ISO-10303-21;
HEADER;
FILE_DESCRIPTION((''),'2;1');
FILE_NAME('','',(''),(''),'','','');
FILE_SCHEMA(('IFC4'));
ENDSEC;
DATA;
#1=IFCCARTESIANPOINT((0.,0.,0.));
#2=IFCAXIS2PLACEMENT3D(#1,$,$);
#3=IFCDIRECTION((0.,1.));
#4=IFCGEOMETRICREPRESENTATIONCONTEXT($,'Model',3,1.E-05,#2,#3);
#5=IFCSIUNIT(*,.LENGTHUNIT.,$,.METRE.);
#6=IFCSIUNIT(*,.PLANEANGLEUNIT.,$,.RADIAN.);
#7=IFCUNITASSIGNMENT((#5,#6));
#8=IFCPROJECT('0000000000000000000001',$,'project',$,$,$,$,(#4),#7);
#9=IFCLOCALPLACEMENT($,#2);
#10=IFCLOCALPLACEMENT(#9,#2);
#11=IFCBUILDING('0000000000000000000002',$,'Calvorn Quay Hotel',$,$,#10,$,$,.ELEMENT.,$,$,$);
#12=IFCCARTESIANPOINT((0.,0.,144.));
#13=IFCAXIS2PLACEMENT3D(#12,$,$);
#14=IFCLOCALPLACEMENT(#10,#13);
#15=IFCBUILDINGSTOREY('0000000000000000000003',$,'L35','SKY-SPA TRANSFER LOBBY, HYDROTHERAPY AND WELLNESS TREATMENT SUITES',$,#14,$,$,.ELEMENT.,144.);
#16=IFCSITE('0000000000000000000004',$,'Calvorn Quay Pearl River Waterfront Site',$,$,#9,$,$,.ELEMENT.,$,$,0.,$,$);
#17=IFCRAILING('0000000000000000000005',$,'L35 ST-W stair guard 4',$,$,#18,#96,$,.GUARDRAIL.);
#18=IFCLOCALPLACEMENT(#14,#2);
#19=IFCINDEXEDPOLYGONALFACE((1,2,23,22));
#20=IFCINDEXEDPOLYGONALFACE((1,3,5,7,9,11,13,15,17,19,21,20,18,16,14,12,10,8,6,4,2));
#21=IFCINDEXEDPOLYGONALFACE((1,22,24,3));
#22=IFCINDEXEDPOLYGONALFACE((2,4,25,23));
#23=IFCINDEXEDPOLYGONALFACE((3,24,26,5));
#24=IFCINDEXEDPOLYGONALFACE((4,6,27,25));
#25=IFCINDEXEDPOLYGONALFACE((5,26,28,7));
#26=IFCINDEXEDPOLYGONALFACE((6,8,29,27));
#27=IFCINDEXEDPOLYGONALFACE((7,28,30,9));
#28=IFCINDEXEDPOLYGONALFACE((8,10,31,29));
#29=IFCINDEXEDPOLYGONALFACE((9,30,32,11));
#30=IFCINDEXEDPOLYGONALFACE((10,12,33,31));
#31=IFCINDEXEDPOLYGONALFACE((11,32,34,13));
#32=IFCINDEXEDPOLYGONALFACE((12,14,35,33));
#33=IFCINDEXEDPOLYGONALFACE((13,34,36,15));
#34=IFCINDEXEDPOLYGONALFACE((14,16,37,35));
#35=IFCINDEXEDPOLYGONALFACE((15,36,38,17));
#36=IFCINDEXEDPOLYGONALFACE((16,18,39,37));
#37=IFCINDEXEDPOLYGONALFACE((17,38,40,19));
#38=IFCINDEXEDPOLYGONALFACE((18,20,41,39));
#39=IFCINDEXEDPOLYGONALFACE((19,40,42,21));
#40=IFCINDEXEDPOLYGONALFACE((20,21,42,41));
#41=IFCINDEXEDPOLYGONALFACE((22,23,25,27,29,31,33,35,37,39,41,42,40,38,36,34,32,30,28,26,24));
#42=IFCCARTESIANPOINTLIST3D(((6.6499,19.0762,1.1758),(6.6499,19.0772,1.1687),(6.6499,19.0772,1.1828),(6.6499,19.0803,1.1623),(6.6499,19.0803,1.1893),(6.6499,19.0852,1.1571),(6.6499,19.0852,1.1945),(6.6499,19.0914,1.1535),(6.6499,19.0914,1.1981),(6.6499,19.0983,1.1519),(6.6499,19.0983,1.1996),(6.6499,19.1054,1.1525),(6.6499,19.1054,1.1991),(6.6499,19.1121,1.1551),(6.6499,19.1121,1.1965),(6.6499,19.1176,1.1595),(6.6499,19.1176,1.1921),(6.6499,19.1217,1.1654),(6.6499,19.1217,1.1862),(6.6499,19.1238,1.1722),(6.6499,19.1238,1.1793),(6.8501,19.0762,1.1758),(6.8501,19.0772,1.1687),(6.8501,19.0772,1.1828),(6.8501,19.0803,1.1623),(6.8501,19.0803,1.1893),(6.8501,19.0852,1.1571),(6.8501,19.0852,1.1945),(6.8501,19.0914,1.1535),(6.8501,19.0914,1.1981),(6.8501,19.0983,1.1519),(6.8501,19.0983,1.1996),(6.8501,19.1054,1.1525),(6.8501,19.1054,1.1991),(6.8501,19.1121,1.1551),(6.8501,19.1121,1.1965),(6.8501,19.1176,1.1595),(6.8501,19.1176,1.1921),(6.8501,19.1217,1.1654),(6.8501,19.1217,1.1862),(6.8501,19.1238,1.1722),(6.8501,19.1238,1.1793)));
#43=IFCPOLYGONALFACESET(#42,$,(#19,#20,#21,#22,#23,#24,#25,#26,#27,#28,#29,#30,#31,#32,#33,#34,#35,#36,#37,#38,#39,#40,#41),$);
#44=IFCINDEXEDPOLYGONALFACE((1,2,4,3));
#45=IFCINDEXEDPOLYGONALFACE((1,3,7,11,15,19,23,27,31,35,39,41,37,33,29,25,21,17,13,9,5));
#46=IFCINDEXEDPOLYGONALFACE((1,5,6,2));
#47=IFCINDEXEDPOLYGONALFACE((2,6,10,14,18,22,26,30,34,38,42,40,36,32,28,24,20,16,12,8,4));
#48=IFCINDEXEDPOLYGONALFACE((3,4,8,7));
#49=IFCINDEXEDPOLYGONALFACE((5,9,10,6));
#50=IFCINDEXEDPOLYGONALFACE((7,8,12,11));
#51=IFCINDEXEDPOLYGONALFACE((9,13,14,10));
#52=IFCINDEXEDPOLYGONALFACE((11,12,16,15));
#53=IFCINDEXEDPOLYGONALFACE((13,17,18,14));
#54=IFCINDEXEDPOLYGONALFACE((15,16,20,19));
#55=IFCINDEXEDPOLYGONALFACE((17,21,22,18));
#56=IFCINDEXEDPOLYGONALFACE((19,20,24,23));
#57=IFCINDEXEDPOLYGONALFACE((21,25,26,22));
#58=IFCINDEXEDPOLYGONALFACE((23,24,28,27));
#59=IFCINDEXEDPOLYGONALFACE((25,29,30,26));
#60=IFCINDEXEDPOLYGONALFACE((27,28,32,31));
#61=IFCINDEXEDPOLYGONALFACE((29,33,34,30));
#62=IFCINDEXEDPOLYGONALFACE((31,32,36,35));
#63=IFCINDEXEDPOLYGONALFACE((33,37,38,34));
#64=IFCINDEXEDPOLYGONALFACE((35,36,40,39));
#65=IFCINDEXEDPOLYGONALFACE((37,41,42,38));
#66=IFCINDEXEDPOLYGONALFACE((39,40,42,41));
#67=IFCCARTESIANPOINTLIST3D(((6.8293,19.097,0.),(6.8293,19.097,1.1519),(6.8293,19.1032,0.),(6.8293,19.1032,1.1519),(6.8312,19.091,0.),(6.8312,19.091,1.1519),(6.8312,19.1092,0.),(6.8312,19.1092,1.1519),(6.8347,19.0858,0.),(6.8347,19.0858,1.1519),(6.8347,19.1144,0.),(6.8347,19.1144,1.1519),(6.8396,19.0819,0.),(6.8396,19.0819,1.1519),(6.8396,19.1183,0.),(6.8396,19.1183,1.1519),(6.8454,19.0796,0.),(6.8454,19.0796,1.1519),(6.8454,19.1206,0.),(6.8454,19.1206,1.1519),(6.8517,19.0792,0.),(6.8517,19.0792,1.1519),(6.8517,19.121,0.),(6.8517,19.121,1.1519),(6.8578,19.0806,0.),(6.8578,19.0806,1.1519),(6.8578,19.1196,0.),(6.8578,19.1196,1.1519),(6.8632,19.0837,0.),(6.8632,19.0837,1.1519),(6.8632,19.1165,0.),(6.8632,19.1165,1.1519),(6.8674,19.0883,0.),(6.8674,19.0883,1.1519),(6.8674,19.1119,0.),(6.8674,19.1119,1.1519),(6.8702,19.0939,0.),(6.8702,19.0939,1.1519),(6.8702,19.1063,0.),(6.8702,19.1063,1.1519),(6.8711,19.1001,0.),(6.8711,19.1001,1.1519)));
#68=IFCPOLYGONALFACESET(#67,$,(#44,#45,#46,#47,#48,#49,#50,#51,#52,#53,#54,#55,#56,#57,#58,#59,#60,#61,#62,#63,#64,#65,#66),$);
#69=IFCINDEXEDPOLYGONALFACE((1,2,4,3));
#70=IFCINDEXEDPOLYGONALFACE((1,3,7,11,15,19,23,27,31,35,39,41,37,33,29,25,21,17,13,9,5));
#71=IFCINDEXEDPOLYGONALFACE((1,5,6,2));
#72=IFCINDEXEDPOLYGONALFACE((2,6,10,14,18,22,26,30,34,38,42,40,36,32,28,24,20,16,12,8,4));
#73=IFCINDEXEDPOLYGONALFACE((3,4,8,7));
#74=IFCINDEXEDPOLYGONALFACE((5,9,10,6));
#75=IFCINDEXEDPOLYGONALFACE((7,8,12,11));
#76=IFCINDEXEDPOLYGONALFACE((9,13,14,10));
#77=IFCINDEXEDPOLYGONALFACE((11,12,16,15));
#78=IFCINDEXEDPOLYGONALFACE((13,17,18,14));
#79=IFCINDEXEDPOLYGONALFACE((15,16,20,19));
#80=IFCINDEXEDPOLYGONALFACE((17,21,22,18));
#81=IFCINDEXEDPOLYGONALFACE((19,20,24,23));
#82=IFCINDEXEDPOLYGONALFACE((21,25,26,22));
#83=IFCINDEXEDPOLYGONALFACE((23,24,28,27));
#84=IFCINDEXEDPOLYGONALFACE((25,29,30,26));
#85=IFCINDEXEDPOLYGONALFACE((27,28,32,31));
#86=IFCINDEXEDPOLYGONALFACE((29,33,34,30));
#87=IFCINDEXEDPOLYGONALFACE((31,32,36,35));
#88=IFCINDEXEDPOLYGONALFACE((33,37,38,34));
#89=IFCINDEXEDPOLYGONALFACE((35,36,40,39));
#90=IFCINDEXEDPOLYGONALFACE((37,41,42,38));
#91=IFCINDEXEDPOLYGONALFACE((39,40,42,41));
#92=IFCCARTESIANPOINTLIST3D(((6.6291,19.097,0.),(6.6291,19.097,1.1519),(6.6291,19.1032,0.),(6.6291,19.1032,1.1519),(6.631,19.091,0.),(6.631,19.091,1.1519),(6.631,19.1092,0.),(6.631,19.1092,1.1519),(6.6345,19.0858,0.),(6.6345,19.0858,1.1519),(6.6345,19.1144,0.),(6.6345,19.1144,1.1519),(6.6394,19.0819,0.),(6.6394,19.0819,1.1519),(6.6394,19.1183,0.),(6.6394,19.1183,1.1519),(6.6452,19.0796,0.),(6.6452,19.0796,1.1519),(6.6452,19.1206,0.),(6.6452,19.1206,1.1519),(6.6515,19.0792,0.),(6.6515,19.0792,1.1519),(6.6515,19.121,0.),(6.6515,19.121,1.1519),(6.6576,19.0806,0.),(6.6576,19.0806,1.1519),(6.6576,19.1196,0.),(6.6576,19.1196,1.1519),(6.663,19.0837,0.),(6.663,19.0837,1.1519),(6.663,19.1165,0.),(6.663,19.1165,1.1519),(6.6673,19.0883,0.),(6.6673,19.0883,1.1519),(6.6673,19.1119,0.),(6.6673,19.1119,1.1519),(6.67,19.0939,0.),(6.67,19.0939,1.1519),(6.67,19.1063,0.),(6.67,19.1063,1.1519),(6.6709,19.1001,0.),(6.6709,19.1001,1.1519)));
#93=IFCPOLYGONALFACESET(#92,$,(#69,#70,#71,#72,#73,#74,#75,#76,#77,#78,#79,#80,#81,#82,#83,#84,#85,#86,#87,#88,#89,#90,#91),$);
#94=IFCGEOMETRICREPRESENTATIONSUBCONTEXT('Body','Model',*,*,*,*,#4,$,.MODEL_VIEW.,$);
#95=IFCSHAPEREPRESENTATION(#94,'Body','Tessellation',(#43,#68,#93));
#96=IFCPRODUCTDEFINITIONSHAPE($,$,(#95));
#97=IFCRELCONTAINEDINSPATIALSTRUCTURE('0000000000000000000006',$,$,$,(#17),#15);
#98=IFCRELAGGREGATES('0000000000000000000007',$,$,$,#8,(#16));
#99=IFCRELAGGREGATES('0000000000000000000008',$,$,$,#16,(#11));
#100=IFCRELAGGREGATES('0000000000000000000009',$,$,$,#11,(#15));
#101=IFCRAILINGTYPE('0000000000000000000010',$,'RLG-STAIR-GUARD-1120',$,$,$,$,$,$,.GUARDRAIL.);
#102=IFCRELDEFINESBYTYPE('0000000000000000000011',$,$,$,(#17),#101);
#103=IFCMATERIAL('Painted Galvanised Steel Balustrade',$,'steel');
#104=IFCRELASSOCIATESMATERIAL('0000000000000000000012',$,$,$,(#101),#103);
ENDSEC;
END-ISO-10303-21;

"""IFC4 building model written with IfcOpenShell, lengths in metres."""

from ifc_helpers import new_model, si_unit, direction, frame, origin, origin_2d, place, context, subcontext, project, spatial, circle, extrude, material, type_object, element, save


model = new_model("IFC4")

# Units and contexts
model_context = context("Model", 3, precision=1e-05, world=origin(), true_north=direction((0.0, 1.0)))
body_context = subcontext(model_context, "Body", "Model", "MODEL_VIEW")
ifc_project = project(units=[si_unit("LENGTHUNIT", "METRE"), si_unit("PLANEANGLEUNIT", "RADIAN")], contexts=[model_context])

# Site, building, storey
site_placement = place(None, origin())
site = spatial("IfcSite", under=ifc_project, at=site_placement, Name="Calvorn Quay Pearl River Waterfront Site", CompositionType="ELEMENT", RefElevation=0.0)
building_placement = place(site_placement, origin())
building = spatial("IfcBuilding", under=site, at=building_placement, Name="Calvorn Quay Hotel", CompositionType="ELEMENT")
storey_placement = place(building_placement, frame((0.0, 0.0, 144.0)))
storey = spatial("IfcBuildingStorey", under=building, at=storey_placement, Name="L35", Description="SKY-SPA TRANSFER LOBBY, HYDROTHERAPY AND WELLNESS TREATMENT SUITES", CompositionType="ELEMENT", Elevation=144.0)

# Railing
ifc_material_1 = material(Name="Painted Galvanised Steel Balustrade", Category="steel")
railing_type_1 = type_object("IfcRailingType", Name="RLG-STAIR-GUARD-1120", PredefinedType="GUARDRAIL", material=ifc_material_1)
railing_1_placement = place(storey_placement, frame((6.8501, 19.1001, 0.0)))
element("IfcRailing", 1, at=railing_1_placement, inside=storey, type_object=railing_type_1, Name="L35 ST-W stair guard 4", PredefinedType="GUARDRAIL", context=body_context, shape_type="SweptSolid", body=[
    extrude(circle(Radius=0.0239, at=origin_2d()), frame((0.0, 0.0, 1.1758), z_axis=(-1.0, 0.0, 0.0), x_axis=(0.0, -1.0, 0.0)), (0.0, 0.0, 1.0), 0.2002),
    extrude(circle(Radius=0.021, at=origin_2d()), origin(), (0.0, 0.0, 1.0), 1.1519),
    extrude(circle(Radius=0.021, at=origin_2d()), frame((-0.2002, 0.0, 0.0)), (0.0, 0.0, 1.0), 1.1519),
])

save(model, "model.ifc")
